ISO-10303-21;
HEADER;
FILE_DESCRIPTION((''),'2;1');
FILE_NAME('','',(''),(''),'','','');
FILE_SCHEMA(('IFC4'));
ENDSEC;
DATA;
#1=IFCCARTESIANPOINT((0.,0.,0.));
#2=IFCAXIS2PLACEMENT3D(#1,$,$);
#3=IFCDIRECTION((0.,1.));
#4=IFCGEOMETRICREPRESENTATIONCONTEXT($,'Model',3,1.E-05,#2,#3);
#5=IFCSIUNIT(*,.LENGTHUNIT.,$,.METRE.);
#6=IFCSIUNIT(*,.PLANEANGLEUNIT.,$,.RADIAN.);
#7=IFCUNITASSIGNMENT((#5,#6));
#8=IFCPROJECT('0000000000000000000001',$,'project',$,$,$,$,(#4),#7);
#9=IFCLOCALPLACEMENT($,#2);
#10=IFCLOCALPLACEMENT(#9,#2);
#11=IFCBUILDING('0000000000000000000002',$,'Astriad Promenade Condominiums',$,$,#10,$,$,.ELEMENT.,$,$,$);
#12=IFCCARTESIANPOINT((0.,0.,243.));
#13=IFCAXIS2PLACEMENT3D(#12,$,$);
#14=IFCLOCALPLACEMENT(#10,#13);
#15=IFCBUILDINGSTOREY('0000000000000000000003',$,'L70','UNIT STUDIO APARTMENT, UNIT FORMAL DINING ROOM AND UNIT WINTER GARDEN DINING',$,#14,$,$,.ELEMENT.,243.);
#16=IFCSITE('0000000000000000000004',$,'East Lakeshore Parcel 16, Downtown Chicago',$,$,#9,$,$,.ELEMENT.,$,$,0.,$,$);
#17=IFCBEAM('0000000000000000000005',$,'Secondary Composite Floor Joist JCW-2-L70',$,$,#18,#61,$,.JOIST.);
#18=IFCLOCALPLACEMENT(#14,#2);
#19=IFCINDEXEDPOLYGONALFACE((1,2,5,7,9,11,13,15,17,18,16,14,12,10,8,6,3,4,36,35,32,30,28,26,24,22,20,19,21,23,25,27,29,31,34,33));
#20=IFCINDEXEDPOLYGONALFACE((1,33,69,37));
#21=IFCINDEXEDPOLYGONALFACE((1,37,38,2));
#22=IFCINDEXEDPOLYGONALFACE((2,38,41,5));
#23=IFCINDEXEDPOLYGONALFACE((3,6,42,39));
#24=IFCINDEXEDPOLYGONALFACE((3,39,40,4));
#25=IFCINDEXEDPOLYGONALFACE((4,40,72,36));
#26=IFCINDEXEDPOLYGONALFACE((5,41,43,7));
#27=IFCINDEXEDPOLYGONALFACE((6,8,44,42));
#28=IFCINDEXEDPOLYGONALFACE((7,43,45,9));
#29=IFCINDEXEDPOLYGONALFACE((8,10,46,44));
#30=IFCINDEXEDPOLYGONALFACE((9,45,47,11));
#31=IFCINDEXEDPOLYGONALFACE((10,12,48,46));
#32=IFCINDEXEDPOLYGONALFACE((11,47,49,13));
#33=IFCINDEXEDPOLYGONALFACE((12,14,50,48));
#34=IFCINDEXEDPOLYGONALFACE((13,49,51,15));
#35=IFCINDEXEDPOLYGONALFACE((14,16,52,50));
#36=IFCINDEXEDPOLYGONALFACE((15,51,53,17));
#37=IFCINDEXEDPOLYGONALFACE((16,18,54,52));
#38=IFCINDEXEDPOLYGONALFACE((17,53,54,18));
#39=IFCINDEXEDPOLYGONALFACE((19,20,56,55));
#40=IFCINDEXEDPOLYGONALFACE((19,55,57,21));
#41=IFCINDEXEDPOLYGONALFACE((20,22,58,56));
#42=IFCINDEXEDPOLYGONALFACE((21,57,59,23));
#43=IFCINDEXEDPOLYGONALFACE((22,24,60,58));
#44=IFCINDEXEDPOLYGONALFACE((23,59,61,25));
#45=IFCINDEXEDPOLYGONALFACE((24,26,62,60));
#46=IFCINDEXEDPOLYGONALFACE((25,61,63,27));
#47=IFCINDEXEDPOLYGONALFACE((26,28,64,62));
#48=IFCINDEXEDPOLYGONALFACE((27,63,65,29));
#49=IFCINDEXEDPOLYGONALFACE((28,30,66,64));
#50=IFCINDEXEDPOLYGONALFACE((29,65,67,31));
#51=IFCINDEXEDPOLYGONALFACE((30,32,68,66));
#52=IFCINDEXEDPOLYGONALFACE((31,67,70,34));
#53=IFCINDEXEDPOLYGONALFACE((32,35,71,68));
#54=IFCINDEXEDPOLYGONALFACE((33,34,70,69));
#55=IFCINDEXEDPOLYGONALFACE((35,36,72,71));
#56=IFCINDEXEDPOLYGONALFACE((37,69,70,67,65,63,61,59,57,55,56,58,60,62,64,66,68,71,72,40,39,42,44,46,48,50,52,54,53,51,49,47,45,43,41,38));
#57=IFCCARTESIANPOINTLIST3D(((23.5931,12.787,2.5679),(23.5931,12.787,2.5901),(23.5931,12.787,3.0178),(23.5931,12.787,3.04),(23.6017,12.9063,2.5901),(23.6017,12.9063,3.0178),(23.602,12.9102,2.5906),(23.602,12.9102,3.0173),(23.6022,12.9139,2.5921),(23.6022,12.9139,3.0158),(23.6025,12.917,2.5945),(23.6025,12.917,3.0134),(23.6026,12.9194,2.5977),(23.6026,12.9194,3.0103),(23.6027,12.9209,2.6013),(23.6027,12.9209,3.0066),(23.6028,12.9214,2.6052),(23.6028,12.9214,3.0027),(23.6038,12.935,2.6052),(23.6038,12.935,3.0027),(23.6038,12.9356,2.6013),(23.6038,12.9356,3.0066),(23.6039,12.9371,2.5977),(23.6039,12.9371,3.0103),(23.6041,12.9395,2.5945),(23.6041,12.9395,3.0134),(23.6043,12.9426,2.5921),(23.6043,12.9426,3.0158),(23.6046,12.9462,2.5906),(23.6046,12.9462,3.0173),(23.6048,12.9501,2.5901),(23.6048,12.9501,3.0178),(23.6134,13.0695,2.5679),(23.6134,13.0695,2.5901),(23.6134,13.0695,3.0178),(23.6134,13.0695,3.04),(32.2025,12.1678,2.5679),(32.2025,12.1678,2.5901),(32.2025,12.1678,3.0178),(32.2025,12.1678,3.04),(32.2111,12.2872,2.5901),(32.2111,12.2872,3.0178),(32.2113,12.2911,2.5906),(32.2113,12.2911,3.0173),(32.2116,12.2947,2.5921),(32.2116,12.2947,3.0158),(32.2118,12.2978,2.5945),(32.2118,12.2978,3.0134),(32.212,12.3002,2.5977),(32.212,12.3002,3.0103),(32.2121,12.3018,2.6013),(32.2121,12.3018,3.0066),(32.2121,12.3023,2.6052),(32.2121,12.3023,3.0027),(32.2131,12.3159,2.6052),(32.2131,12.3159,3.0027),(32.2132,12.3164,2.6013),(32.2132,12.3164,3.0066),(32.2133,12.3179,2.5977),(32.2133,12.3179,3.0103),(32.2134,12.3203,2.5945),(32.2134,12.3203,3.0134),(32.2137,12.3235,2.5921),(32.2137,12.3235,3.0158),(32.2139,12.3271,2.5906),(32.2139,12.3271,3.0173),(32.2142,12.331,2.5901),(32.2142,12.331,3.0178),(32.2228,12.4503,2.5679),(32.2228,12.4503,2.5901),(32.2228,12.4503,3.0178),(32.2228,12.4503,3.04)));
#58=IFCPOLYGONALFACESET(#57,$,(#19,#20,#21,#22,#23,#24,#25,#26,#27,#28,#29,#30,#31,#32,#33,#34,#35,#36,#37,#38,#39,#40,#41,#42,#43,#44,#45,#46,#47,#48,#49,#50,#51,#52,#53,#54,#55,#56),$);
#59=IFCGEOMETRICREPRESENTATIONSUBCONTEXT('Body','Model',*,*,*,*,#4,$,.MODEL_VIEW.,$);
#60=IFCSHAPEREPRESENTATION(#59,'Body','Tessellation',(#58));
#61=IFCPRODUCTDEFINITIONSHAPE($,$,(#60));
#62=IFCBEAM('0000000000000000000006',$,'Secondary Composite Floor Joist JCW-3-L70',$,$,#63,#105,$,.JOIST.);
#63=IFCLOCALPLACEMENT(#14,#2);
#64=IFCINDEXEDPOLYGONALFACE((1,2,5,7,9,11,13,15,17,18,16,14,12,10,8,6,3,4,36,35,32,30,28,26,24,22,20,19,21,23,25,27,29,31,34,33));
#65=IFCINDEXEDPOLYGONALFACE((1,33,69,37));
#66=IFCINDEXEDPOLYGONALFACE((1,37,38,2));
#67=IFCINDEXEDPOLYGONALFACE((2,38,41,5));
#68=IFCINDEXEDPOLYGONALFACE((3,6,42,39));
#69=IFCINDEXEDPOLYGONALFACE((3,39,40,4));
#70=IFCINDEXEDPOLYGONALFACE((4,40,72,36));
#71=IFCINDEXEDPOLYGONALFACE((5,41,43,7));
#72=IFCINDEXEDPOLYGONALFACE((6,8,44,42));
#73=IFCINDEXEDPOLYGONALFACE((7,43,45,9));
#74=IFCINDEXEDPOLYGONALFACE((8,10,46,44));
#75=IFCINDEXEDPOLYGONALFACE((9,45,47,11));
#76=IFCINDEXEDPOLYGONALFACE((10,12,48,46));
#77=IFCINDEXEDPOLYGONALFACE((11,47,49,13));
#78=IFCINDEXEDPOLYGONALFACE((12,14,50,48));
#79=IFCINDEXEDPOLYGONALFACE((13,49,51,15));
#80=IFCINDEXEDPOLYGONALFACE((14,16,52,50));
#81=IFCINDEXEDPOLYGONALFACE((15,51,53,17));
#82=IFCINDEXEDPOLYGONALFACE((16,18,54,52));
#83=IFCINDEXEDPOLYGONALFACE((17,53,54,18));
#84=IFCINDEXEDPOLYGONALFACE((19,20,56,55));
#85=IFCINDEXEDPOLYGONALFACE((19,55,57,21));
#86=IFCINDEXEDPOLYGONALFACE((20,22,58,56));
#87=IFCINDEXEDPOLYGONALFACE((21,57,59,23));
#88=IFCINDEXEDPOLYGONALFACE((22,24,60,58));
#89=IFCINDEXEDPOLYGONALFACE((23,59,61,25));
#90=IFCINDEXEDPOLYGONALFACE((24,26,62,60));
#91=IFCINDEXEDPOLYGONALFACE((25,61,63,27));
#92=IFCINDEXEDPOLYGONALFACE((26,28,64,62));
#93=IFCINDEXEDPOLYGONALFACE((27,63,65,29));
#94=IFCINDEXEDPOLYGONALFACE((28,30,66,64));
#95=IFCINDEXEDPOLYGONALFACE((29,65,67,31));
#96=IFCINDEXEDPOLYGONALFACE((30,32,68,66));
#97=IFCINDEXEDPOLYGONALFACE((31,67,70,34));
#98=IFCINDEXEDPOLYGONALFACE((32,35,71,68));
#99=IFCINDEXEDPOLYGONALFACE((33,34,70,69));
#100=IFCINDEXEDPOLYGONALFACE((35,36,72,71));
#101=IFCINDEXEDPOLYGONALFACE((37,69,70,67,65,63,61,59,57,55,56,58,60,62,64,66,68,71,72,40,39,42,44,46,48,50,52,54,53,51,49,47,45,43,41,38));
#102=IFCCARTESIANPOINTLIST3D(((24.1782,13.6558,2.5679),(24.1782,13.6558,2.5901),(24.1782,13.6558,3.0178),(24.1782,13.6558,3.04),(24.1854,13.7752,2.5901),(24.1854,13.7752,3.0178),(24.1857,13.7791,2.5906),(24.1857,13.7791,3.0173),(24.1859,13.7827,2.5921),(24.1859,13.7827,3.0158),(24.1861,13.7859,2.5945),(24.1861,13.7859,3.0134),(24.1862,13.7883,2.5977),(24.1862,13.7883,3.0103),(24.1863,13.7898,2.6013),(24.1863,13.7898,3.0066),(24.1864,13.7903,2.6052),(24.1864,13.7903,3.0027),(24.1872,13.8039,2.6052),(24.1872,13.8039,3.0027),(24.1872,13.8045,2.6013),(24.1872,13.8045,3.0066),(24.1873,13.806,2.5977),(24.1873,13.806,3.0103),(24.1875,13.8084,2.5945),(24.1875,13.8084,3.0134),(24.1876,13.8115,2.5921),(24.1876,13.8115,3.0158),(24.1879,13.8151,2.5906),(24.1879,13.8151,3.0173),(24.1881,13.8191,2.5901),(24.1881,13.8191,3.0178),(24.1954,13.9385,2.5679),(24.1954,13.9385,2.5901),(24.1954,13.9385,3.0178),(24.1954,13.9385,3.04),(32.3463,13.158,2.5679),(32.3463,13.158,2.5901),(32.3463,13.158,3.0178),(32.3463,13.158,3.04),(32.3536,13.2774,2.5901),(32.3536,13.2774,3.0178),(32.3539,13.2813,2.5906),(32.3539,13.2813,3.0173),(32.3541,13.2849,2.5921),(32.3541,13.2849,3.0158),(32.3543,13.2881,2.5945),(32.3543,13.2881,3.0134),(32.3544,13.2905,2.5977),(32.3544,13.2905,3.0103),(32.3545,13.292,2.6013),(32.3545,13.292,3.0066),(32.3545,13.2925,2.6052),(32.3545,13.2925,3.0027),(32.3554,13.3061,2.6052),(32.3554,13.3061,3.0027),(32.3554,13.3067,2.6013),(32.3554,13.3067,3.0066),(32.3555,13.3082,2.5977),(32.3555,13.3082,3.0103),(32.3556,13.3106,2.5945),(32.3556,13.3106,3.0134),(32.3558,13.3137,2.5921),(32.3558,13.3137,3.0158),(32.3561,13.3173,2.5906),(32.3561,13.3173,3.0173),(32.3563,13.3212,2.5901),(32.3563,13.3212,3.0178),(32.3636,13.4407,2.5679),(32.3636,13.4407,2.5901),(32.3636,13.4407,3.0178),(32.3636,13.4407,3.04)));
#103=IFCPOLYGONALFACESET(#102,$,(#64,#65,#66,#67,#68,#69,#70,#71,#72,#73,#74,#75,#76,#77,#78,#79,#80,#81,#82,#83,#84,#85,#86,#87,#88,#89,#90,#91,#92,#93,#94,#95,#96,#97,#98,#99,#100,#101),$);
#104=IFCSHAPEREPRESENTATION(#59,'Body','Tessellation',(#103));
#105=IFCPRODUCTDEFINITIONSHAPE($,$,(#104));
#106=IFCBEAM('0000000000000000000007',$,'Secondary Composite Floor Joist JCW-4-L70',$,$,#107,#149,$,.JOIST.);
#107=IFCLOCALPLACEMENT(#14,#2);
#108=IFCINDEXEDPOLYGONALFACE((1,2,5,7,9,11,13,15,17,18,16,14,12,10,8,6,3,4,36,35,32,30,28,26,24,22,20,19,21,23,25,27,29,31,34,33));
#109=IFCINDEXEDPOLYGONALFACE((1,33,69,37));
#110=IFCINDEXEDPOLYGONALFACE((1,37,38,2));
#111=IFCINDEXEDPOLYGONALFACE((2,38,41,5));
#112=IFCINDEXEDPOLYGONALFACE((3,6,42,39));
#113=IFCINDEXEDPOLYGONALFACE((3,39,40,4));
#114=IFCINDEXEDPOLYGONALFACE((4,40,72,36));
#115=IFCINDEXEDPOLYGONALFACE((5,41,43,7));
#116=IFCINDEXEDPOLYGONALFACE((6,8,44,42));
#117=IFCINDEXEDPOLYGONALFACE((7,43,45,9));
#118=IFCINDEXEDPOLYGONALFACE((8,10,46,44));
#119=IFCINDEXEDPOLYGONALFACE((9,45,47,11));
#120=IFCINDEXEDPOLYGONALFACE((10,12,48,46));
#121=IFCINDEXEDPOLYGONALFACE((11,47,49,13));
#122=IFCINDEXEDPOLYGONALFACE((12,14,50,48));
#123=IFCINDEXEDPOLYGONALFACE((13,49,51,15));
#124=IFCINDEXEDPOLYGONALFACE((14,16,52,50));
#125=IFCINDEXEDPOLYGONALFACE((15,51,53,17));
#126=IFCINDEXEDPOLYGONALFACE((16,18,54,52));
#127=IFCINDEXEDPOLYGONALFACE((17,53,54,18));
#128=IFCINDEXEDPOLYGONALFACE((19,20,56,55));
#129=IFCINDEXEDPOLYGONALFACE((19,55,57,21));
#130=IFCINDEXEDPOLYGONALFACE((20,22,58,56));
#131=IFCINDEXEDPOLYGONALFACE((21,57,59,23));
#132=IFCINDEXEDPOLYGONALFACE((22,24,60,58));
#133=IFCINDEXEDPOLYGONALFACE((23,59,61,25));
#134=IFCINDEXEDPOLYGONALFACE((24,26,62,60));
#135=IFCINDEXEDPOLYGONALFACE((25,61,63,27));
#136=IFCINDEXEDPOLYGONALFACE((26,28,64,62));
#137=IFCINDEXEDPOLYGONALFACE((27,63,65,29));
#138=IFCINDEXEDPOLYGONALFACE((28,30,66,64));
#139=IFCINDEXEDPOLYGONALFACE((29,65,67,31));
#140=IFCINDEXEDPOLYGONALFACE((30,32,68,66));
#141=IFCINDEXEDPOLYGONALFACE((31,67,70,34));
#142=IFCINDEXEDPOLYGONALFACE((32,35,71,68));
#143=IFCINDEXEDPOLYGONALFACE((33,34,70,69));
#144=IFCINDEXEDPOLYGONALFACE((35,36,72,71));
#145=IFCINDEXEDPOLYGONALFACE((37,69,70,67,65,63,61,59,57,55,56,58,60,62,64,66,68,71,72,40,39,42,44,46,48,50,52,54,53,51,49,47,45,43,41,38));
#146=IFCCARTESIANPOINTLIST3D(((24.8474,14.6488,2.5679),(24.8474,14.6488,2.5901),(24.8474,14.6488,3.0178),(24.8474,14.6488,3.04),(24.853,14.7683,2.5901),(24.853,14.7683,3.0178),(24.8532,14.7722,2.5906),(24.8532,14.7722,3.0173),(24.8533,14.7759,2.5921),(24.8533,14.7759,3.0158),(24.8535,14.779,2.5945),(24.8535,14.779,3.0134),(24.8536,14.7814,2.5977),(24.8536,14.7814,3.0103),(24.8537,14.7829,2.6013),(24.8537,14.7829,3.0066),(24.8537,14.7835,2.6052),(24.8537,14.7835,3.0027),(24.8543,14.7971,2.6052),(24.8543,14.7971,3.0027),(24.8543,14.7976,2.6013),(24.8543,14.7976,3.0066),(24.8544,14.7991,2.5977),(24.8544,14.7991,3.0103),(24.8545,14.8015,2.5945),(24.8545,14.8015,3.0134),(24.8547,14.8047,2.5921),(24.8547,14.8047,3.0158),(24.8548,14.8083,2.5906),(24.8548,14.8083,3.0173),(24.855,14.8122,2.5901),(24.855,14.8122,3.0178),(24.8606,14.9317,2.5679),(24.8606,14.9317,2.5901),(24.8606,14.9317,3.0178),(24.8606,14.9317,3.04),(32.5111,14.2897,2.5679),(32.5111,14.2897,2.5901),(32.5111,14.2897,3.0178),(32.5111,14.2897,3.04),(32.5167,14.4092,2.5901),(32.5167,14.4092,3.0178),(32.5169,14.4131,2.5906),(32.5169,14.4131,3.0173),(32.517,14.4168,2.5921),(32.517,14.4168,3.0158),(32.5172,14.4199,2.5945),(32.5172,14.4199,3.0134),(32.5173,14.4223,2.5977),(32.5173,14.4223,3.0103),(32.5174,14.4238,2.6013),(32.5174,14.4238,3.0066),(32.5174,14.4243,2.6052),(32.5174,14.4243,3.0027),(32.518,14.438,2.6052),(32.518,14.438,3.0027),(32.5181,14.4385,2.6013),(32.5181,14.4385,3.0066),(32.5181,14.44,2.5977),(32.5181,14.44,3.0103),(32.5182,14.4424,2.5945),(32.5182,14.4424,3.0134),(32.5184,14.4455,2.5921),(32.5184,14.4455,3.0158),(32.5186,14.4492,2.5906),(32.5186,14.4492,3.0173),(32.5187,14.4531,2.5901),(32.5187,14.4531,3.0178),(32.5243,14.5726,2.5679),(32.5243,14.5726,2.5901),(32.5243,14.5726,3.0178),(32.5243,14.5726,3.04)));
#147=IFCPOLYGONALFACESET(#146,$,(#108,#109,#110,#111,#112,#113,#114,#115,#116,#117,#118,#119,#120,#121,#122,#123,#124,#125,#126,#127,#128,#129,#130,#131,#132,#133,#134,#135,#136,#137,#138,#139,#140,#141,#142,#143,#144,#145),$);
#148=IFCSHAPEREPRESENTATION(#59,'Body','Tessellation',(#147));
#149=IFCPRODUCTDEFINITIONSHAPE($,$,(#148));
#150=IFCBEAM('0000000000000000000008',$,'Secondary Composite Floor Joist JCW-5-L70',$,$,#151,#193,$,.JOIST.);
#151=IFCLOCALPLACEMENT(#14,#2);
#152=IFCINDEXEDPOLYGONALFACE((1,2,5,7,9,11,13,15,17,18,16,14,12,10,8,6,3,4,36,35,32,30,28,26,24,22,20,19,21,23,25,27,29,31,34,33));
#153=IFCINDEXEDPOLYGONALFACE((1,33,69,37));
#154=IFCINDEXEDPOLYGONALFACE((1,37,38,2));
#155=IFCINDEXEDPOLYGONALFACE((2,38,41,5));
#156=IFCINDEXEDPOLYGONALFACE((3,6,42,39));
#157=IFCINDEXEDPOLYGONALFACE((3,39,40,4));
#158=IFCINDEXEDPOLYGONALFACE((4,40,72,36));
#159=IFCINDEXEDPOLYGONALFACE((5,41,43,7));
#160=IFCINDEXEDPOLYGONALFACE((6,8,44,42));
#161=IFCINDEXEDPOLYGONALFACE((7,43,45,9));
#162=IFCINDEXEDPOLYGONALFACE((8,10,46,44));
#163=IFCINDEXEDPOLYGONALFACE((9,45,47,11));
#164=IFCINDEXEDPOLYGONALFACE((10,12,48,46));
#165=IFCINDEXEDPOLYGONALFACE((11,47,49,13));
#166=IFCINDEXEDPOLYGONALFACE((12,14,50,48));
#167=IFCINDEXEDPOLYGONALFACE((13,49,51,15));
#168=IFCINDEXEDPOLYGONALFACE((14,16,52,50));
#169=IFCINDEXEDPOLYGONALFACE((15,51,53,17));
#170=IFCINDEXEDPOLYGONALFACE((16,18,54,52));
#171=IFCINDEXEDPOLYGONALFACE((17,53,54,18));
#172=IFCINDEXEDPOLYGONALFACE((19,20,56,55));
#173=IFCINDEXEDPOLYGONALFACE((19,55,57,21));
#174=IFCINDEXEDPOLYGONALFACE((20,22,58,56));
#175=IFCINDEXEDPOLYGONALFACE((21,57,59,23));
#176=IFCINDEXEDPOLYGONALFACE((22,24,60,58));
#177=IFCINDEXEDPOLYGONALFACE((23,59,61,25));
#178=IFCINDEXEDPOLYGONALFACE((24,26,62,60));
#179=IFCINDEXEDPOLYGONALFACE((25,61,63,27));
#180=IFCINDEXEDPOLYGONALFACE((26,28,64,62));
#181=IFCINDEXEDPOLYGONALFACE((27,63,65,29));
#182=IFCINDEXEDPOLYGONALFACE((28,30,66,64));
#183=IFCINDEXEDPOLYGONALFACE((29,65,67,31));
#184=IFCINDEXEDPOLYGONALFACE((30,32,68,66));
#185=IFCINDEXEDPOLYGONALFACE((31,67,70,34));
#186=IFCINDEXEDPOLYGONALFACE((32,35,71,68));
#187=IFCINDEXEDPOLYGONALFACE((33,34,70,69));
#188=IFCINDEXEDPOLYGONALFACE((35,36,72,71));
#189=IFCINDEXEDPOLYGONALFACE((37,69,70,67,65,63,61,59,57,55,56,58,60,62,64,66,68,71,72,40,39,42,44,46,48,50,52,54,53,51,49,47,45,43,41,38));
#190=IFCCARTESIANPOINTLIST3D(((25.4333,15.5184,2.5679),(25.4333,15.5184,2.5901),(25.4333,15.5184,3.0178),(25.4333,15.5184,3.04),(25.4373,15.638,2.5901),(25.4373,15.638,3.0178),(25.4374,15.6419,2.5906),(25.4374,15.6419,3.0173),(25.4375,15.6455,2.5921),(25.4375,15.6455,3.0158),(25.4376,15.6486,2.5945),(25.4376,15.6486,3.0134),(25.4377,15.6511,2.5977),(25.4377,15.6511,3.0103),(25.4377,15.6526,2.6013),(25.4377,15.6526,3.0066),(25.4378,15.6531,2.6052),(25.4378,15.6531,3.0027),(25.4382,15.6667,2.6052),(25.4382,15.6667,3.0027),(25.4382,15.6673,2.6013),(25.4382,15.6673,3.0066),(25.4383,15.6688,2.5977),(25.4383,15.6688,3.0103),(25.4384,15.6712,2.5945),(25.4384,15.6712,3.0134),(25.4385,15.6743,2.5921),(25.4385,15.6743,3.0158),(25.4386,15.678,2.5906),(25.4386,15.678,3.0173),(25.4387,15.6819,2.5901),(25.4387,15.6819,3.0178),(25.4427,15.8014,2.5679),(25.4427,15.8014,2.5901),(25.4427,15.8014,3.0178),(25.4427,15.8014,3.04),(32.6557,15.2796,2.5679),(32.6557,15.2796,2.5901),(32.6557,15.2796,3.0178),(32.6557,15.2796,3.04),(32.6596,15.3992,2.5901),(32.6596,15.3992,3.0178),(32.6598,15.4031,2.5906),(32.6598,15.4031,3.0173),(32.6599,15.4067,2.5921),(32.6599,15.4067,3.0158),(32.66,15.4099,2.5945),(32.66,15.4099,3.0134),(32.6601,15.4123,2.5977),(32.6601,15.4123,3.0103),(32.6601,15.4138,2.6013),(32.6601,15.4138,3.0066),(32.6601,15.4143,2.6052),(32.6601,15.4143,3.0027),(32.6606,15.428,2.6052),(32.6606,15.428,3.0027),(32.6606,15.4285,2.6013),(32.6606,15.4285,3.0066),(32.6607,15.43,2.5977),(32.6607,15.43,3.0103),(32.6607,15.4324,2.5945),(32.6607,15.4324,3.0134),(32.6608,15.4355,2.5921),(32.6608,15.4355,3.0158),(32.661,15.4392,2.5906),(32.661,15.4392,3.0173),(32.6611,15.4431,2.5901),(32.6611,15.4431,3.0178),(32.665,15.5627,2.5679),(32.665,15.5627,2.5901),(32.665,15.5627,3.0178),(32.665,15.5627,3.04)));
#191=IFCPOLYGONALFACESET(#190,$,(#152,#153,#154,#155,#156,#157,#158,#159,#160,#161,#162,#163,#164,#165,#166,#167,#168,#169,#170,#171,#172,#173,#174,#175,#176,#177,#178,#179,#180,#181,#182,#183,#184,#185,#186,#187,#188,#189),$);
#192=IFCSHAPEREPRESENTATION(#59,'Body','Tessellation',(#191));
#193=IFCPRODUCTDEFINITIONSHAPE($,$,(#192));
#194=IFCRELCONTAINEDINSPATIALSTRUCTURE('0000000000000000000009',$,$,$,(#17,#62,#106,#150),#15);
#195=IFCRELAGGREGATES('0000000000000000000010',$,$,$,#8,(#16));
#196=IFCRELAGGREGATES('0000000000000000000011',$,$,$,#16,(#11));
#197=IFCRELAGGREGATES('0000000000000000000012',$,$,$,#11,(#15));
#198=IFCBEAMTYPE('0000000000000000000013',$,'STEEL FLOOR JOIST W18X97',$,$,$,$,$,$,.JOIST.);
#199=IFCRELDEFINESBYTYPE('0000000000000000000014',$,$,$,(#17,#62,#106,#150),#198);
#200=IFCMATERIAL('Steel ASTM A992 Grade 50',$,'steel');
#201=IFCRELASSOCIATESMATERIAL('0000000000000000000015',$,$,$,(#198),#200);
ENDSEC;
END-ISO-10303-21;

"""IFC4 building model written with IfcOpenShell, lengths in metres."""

from ifc_helpers import new_model, si_unit, direction, frame, origin, origin_2d, place, context, subcontext, project, spatial, i_section, extrude, source, transform, mapped, material, material_profile, profile_set, type_object, element, save


model = new_model("IFC4")

# Units and contexts
model_context = context("Model", 3, precision=1e-05, world=origin(), true_north=direction((0.0, 1.0)))
body_context = subcontext(model_context, "Body", "Model", "MODEL_VIEW")
ifc_project = project(units=[si_unit("LENGTHUNIT", "METRE"), si_unit("PLANEANGLEUNIT", "RADIAN")], contexts=[model_context])

# Site, building, storey
site_placement = place(None, origin())
site = spatial("IfcSite", under=ifc_project, at=site_placement, Name="East Lakeshore Parcel 16, Downtown Chicago", CompositionType="ELEMENT", RefElevation=0.0)
building_placement = place(site_placement, origin())
building = spatial("IfcBuilding", under=site, at=building_placement, Name="Astriad Promenade Condominiums", CompositionType="ELEMENT")
storey_placement = place(building_placement, frame((0.0, 0.0, 243.0)))
storey = spatial("IfcBuildingStorey", under=building, at=storey_placement, Name="L70", Description="UNIT STUDIO APARTMENT, UNIT FORMAL DINING ROOM AND UNIT WINTER GARDEN DINING", CompositionType="ELEMENT", Elevation=243.0)

# Beams
ifc_material_1 = material(Name="Steel ASTM A992 Grade 50", Category="steel")
ifc_material_profile_1 = material_profile(ifc_material_1, i_section(OverallWidth=0.2832, OverallDepth=0.4722, WebThickness=0.0137, FlangeThickness=0.0222, FilletRadius=0.0151, at=origin_2d()), Name="W18X97")
ifc_profile_set_1 = profile_set([ifc_material_profile_1], Name="Steel ASTM A992 Grade 50")
beam_type_1 = type_object("IfcBeamType", Name="STEEL FLOOR JOIST W18X97", PredefinedType="JOIST", material=ifc_profile_set_1)
shared_shape_1 = source(origin(), body_context, "Body", "SweptSolid", [
    extrude(i_section(OverallWidth=0.2832, OverallDepth=0.4722, WebThickness=0.0137, FlangeThickness=0.0222, FilletRadius=0.0151, at=origin_2d()), origin(), (0.0, 0.0, 1.0), 8.6316),
])
beam_1_placement = place(storey_placement, frame((23.6033, 12.9282, 2.804), z_axis=(0.997424, -0.071729, 0.0), x_axis=(0.071729, 0.997424, 0.0)))
element("IfcBeam", 1, at=beam_1_placement, inside=storey, type_object=beam_type_1, Name="Secondary Composite Floor Joist JCW-2-L70", PredefinedType="JOIST", context=body_context, shape_type="MappedRepresentation", body=[
    mapped(shared_shape_1, transform((0.0, 0.0, 0.0), scale=1.0)),
])
shared_shape_2 = source(origin(), body_context, "Body", "SweptSolid", [
    extrude(i_section(OverallWidth=0.2832, OverallDepth=0.4722, WebThickness=0.0137, FlangeThickness=0.0222, FilletRadius=0.0151, at=origin_2d()), origin(), (0.0, 0.0, 1.0), 8.1833),
])
beam_2_placement = place(storey_placement, frame((24.1868, 13.7971, 2.804), z_axis=(0.998148, -0.060831, 0.0), x_axis=(0.060831, 0.998148, 0.0)))
element("IfcBeam", 2, at=beam_2_placement, inside=storey, type_object=beam_type_1, Name="Secondary Composite Floor Joist JCW-3-L70", PredefinedType="JOIST", context=body_context, shape_type="MappedRepresentation", body=[
    mapped(shared_shape_2, transform((0.0, 0.0, 0.0), scale=1.0)),
])
shared_shape_3 = source(origin(), body_context, "Body", "SweptSolid", [
    extrude(i_section(OverallWidth=0.2832, OverallDepth=0.4722, WebThickness=0.0137, FlangeThickness=0.0222, FilletRadius=0.0151, at=origin_2d()), origin(), (0.0, 0.0, 1.0), 7.6721),
])
beam_3_placement = place(storey_placement, frame((24.854, 14.7903, 2.804), z_axis=(0.998904, -0.046809, 0.0), x_axis=(0.046809, 0.998904, 0.0)))
element("IfcBeam", 3, at=beam_3_placement, inside=storey, type_object=beam_type_1, Name="Secondary Composite Floor Joist JCW-4-L70", PredefinedType="JOIST", context=body_context, shape_type="MappedRepresentation", body=[
    mapped(shared_shape_3, transform((0.0, 0.0, 0.0), scale=1.0)),
])
shared_shape_4 = source(origin(), body_context, "Body", "SweptSolid", [
    extrude(i_section(OverallWidth=0.2832, OverallDepth=0.4722, WebThickness=0.0137, FlangeThickness=0.0222, FilletRadius=0.0151, at=origin_2d()), origin(), (0.0, 0.0, 1.0), 7.2263),
])
beam_4_placement = place(storey_placement, frame((25.438, 15.6599, 2.804), z_axis=(0.999454, -0.033041, 0.0), x_axis=(0.033041, 0.999454, 0.0)))
element("IfcBeam", 4, at=beam_4_placement, inside=storey, type_object=beam_type_1, Name="Secondary Composite Floor Joist JCW-5-L70", PredefinedType="JOIST", context=body_context, shape_type="MappedRepresentation", body=[
    mapped(shared_shape_4, transform((0.0, 0.0, 0.0), scale=1.0)),
])

save(model, "model.ifc")
